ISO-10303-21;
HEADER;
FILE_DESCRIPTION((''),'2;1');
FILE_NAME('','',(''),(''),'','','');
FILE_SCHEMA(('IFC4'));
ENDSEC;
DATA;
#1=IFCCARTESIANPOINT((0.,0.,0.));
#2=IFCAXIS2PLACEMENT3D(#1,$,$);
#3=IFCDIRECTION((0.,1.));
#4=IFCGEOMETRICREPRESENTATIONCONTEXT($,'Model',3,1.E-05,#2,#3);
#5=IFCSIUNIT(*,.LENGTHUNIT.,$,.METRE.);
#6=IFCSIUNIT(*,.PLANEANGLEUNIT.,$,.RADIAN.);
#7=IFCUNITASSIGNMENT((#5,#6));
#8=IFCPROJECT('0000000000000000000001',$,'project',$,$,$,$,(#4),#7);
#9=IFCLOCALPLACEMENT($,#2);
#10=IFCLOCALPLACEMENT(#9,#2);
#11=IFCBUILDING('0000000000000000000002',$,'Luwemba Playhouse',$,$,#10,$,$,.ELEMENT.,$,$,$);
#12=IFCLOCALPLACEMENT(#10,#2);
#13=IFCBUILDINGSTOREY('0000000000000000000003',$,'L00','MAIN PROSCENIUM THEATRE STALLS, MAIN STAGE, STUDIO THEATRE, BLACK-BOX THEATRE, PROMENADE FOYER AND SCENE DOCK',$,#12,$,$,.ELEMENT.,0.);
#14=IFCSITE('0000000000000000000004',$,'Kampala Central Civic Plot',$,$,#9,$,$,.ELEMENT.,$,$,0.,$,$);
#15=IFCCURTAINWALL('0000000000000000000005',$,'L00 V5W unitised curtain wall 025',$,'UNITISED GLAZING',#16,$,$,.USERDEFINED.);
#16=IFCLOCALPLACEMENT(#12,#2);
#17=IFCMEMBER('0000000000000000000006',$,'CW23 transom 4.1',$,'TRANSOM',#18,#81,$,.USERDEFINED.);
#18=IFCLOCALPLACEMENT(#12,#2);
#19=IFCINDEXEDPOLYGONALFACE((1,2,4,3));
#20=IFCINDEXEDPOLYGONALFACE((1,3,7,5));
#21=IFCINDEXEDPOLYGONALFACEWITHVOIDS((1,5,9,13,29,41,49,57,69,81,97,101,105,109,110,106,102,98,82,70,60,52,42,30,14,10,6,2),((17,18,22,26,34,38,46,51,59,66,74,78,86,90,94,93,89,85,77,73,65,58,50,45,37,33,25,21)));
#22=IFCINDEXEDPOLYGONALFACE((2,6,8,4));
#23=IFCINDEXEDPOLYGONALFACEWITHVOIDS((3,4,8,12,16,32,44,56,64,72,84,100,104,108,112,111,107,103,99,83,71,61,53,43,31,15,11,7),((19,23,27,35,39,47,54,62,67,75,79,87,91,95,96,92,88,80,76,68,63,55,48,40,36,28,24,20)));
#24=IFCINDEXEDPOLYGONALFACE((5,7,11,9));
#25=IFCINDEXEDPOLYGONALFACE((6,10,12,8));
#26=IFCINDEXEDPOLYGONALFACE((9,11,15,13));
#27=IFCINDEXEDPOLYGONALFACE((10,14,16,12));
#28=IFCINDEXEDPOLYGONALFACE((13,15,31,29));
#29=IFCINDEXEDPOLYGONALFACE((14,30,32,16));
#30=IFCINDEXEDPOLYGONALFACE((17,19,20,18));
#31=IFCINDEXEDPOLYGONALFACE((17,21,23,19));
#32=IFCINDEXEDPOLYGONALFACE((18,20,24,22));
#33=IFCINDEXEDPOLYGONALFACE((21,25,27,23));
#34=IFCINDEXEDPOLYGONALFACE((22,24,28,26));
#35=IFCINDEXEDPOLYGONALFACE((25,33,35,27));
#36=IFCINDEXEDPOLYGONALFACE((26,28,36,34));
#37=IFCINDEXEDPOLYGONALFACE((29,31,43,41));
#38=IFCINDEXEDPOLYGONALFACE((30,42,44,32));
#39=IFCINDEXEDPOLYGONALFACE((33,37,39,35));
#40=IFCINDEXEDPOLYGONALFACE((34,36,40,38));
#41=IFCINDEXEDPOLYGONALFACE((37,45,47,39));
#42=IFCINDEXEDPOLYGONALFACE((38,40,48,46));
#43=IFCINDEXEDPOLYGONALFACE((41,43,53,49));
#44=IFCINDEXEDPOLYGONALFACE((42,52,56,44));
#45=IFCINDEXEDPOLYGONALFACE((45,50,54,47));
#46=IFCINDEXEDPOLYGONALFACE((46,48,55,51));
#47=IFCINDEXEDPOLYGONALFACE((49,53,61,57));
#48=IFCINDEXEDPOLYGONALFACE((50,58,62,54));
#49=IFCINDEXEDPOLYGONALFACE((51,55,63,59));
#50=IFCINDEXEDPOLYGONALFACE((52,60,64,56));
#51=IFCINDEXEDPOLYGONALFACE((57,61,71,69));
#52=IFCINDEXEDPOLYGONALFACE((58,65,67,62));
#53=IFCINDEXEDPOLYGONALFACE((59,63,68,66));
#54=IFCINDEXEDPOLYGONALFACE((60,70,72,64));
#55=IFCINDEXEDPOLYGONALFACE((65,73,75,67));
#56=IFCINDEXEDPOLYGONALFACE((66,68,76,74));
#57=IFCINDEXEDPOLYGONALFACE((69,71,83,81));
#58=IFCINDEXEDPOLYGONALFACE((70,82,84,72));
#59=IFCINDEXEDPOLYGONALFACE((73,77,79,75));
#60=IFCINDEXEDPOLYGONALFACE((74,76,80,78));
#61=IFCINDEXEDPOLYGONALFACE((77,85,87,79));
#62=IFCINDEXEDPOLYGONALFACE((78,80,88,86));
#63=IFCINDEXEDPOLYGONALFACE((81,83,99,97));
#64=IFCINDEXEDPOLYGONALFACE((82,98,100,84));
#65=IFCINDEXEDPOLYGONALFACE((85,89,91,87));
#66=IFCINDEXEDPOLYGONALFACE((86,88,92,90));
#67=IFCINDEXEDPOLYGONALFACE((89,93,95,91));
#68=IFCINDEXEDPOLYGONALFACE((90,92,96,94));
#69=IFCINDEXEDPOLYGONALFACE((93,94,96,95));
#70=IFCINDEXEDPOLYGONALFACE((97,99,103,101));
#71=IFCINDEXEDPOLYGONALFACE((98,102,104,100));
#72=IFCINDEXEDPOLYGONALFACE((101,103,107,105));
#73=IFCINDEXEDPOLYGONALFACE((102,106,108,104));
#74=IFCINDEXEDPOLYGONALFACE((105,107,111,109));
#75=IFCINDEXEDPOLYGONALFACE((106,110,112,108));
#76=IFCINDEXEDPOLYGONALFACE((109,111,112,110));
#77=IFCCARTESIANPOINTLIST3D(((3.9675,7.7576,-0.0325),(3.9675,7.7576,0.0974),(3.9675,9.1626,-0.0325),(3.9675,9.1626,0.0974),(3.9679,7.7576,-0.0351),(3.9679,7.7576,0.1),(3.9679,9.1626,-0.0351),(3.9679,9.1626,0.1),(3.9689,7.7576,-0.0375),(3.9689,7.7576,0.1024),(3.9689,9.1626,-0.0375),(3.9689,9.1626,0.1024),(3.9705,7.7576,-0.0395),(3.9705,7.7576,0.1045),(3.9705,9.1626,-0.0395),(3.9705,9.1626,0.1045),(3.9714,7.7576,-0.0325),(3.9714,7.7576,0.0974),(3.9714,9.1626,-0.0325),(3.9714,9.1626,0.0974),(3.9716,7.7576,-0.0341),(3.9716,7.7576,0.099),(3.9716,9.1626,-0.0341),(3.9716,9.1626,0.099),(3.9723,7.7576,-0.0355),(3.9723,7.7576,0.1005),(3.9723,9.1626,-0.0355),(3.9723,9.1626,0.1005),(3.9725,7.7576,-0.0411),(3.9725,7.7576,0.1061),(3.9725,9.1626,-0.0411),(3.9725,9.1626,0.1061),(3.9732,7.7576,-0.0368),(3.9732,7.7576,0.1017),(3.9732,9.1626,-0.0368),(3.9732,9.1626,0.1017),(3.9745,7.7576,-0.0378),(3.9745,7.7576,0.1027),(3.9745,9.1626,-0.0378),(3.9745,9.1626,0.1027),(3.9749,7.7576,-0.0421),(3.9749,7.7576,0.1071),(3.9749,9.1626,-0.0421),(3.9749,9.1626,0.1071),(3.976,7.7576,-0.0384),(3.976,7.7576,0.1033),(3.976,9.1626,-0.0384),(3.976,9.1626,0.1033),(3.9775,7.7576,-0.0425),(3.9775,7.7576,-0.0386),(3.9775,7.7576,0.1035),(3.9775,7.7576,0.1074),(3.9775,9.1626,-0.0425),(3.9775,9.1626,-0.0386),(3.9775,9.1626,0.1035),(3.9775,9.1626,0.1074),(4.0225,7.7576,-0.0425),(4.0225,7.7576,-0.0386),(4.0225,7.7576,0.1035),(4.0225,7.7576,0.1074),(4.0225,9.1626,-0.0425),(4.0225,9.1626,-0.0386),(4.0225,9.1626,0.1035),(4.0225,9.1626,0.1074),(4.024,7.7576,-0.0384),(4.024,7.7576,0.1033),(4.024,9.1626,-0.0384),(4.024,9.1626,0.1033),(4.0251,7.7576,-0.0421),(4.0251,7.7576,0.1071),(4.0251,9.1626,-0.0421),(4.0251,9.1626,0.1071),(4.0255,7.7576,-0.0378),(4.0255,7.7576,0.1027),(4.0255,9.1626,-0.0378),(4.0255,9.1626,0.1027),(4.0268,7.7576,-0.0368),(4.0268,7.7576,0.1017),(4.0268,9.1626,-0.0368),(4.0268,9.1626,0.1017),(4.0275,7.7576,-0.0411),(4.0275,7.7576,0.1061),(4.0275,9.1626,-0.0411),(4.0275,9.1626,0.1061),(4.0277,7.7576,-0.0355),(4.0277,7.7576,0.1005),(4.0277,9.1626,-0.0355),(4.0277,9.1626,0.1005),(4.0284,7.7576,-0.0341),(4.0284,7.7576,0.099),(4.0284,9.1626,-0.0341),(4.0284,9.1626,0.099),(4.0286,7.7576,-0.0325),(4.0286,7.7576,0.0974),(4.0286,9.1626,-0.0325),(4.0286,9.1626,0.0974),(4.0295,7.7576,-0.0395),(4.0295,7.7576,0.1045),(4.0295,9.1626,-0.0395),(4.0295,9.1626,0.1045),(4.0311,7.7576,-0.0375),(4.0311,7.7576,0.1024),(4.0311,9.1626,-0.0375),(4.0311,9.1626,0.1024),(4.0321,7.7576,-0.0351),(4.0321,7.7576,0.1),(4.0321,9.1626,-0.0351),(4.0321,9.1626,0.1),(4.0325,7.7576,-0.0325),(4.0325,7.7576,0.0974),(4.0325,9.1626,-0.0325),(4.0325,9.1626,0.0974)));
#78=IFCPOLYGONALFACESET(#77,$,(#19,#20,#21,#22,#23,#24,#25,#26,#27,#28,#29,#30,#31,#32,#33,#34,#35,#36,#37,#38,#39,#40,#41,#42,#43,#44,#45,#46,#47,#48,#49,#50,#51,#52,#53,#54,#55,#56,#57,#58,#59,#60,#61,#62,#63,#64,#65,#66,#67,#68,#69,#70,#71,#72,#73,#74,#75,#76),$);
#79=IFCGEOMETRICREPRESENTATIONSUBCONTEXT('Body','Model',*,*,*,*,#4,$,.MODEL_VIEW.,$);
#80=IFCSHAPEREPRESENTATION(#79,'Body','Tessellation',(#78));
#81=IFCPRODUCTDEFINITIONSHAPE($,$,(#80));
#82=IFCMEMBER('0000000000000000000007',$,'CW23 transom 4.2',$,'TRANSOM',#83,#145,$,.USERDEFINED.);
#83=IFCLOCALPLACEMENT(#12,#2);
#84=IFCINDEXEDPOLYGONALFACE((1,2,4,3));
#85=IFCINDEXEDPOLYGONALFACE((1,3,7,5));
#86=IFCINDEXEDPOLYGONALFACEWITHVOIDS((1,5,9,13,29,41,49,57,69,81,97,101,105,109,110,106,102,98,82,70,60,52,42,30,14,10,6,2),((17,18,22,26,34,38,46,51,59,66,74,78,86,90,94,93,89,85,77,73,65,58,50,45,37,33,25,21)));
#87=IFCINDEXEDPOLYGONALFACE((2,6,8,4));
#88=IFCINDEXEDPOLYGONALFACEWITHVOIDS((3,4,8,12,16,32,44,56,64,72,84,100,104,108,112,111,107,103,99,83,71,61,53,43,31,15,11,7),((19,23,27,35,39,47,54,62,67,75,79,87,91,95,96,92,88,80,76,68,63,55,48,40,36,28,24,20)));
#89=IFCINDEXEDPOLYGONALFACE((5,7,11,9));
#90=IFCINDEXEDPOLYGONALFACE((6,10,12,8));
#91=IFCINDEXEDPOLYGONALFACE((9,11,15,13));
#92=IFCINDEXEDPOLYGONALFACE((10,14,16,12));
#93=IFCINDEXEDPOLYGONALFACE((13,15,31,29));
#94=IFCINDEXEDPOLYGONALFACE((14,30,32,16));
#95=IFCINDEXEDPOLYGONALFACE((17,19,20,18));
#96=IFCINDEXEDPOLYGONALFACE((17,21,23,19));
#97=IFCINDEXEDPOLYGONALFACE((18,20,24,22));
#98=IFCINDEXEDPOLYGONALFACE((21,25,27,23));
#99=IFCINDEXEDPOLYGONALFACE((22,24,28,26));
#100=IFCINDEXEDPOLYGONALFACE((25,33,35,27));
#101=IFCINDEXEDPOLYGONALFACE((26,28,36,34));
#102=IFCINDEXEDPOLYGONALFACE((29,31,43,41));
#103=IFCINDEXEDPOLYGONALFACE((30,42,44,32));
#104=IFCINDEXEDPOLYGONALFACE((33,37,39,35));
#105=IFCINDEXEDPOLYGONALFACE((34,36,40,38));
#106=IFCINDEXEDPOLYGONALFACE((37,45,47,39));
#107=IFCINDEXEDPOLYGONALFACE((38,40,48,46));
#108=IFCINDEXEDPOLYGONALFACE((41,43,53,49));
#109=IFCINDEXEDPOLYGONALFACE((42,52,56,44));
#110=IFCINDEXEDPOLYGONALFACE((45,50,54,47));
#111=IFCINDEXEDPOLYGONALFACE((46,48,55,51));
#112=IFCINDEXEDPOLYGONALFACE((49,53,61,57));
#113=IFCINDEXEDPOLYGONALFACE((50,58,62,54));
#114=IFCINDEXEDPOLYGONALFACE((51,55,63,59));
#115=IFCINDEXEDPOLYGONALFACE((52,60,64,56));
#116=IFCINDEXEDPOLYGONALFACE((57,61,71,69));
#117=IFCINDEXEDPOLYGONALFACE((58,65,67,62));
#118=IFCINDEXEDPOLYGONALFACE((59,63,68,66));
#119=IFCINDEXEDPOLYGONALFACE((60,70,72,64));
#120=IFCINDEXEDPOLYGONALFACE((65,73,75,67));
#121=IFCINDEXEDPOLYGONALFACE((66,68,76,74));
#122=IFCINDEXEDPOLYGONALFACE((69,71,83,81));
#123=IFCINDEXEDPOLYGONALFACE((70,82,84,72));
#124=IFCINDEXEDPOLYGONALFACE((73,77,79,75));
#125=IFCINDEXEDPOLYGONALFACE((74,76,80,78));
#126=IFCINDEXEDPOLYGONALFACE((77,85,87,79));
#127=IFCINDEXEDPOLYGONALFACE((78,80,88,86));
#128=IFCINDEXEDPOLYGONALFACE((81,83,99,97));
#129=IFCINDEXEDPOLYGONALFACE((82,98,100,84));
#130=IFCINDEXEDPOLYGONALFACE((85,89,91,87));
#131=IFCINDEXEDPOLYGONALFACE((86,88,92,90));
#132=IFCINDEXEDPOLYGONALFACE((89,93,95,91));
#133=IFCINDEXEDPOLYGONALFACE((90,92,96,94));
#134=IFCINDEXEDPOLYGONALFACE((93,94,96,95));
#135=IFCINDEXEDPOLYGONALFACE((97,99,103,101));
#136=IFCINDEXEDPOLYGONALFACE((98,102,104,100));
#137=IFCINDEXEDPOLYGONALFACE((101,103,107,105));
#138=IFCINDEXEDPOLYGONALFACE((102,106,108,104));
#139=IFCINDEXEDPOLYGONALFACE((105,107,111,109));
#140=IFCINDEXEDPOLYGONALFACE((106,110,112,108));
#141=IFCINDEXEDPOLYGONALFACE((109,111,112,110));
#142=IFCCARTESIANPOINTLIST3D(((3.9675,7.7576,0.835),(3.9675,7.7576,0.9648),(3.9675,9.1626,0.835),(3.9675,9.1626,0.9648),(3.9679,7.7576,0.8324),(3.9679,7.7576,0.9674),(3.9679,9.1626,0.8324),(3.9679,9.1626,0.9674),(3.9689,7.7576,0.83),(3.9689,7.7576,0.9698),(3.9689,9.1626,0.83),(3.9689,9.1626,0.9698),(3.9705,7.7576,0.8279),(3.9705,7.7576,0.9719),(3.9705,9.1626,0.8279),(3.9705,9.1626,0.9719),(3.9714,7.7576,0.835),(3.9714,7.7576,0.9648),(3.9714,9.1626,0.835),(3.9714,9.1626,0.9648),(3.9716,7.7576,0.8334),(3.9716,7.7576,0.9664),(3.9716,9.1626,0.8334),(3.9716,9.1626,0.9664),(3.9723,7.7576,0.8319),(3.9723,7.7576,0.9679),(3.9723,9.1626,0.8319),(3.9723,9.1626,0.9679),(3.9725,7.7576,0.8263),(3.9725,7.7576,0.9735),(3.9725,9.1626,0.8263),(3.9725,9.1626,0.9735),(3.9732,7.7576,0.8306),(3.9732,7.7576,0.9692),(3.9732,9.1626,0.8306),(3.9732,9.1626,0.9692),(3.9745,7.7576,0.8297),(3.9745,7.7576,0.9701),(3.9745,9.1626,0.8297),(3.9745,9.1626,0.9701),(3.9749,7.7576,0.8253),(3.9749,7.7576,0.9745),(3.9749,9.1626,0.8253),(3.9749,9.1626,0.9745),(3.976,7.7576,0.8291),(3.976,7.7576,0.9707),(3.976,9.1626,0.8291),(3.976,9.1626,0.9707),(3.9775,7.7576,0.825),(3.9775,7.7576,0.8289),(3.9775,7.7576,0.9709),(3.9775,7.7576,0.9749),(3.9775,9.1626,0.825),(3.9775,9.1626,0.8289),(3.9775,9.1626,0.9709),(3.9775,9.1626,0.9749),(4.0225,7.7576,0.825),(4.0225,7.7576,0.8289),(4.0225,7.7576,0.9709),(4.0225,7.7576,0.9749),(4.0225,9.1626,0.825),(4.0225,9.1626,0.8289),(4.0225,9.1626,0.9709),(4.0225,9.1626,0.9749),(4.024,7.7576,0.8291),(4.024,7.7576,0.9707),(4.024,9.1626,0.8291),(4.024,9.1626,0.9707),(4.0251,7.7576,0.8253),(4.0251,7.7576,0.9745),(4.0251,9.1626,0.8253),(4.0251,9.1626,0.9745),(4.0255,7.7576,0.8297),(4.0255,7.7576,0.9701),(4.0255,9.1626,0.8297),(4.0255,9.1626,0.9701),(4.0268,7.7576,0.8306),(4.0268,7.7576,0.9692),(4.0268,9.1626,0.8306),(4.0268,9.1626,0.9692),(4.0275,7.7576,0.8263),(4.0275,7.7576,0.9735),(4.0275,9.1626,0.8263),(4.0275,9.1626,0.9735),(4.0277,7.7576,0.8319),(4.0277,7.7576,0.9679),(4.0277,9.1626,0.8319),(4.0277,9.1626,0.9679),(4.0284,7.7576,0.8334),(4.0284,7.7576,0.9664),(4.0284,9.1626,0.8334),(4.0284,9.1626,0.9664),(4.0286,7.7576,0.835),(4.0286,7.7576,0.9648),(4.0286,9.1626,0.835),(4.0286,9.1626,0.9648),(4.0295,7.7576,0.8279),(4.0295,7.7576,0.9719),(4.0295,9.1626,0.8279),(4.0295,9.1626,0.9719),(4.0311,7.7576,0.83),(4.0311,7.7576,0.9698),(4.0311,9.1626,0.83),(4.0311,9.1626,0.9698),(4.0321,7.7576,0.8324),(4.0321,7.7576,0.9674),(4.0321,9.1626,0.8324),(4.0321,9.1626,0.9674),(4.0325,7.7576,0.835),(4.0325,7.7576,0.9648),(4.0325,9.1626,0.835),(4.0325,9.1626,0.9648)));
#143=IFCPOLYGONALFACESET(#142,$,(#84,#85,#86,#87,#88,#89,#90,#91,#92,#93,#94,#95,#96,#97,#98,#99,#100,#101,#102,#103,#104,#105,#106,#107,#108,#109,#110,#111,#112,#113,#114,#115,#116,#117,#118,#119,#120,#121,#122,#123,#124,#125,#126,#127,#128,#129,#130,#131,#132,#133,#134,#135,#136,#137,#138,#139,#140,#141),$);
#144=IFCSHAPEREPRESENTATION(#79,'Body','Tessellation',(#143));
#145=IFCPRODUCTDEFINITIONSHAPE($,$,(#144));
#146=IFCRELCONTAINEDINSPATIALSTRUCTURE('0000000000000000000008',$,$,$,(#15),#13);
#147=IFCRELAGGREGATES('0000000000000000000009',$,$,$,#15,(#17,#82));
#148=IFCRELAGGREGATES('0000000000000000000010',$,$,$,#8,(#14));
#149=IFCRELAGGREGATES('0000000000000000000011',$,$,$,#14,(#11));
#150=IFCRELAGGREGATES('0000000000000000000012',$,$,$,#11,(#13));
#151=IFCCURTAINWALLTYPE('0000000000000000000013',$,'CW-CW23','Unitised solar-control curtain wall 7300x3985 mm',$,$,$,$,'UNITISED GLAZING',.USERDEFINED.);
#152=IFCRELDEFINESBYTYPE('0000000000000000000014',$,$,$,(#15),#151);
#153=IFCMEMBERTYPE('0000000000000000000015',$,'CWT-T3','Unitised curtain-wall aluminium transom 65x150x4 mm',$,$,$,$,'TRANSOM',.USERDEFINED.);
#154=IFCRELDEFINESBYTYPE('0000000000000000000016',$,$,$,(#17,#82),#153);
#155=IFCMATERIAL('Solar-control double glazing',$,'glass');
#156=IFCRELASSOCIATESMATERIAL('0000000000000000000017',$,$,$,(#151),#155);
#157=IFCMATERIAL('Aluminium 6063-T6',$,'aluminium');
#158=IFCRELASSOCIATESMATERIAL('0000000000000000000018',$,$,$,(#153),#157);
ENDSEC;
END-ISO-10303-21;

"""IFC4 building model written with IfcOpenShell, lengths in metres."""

from ifc_helpers import new_model, si_unit, direction, frame, origin, origin_2d, place, context, subcontext, project, spatial, hollow_rectangle, extrude, material, material_profile, profile_set, type_object, element, aggregate, save


model = new_model("IFC4")

# Units and contexts
model_context = context("Model", 3, precision=1e-05, world=origin(), true_north=direction((0.0, 1.0)))
body_context = subcontext(model_context, "Body", "Model", "MODEL_VIEW")
ifc_project = project(units=[si_unit("LENGTHUNIT", "METRE"), si_unit("PLANEANGLEUNIT", "RADIAN")], contexts=[model_context])

# Site, building, storey
site_placement = place(None, origin())
site = spatial("IfcSite", under=ifc_project, at=site_placement, Name="Kampala Central Civic Plot", CompositionType="ELEMENT", RefElevation=0.0)
building_placement = place(site_placement, origin())
building = spatial("IfcBuilding", under=site, at=building_placement, Name="Luwemba Playhouse", CompositionType="ELEMENT")
storey_placement = place(building_placement, origin())
storey = spatial("IfcBuildingStorey", under=building, at=storey_placement, Name="L00", Description="MAIN PROSCENIUM THEATRE STALLS, MAIN STAGE, STUDIO THEATRE, BLACK-BOX THEATRE, PROMENADE FOYER AND SCENE DOCK", CompositionType="ELEMENT", Elevation=0.0)

# Curtain wall, members
ifc_material_1 = material(Name="Solar-control double glazing", Category="glass")
curtain_wall_type = type_object("IfcCurtainWallType", Name="CW-CW23", Description="Unitised solar-control curtain wall 7300x3985 mm", ElementType="UNITISED GLAZING", PredefinedType="USERDEFINED", material=ifc_material_1)
curtain_wall_placement = place(storey_placement, origin())
curtain_wall = element("IfcCurtainWall", 1, at=curtain_wall_placement, inside=storey, type_object=curtain_wall_type, Name="L00 V5W unitised curtain wall 025", ObjectType="UNITISED GLAZING", PredefinedType="USERDEFINED")
ifc_material_2 = material(Name="Aluminium 6063-T6", Category="aluminium")
ifc_material_profile_1 = material_profile(ifc_material_2, hollow_rectangle(XDim=0.0649, YDim=0.1499, WallThickness=0.0039, InnerFilletRadius=0.0061, OuterFilletRadius=0.01, at=origin_2d()))
ifc_profile_set_1 = profile_set([ifc_material_profile_1], Name="Aluminium 6063-T6")
member_type_1 = type_object("IfcMemberType", Name="CWT-T3", Description="Unitised curtain-wall aluminium transom 65x150x4 mm", ElementType="TRANSOM", PredefinedType="USERDEFINED", material=ifc_profile_set_1)
member_1_placement = place(storey_placement, frame((4.0, 7.7576, 0.0325), z_axis=(0.0, 1.0, 0.0), x_axis=(-1.0, 0.0, 0.0)))
member_1 = element("IfcMember", 2, at=member_1_placement, type_object=member_type_1, Name="CW23 transom 4.1", ObjectType="TRANSOM", PredefinedType="USERDEFINED", context=body_context, shape_type="SweptSolid", body=[
    extrude(hollow_rectangle(XDim=0.0649, YDim=0.1499, WallThickness=0.0039, InnerFilletRadius=0.0061, OuterFilletRadius=0.01, at=origin_2d()), origin(), (0.0, 0.0, 1.0), 1.405),
])
member_2_placement = place(storey_placement, frame((4.0, 7.7576, 0.8999), z_axis=(0.0, 1.0, 0.0), x_axis=(-1.0, 0.0, 0.0)))
member_2 = element("IfcMember", 3, at=member_2_placement, type_object=member_type_1, Name="CW23 transom 4.2", ObjectType="TRANSOM", PredefinedType="USERDEFINED", context=body_context, shape_type="SweptSolid", body=[
    extrude(hollow_rectangle(XDim=0.0649, YDim=0.1499, WallThickness=0.0039, InnerFilletRadius=0.0061, OuterFilletRadius=0.01, at=origin_2d()), origin(), (0.0, 0.0, 1.0), 1.405),
])
aggregate(curtain_wall, [member_1, member_2])

save(model, "model.ifc")
